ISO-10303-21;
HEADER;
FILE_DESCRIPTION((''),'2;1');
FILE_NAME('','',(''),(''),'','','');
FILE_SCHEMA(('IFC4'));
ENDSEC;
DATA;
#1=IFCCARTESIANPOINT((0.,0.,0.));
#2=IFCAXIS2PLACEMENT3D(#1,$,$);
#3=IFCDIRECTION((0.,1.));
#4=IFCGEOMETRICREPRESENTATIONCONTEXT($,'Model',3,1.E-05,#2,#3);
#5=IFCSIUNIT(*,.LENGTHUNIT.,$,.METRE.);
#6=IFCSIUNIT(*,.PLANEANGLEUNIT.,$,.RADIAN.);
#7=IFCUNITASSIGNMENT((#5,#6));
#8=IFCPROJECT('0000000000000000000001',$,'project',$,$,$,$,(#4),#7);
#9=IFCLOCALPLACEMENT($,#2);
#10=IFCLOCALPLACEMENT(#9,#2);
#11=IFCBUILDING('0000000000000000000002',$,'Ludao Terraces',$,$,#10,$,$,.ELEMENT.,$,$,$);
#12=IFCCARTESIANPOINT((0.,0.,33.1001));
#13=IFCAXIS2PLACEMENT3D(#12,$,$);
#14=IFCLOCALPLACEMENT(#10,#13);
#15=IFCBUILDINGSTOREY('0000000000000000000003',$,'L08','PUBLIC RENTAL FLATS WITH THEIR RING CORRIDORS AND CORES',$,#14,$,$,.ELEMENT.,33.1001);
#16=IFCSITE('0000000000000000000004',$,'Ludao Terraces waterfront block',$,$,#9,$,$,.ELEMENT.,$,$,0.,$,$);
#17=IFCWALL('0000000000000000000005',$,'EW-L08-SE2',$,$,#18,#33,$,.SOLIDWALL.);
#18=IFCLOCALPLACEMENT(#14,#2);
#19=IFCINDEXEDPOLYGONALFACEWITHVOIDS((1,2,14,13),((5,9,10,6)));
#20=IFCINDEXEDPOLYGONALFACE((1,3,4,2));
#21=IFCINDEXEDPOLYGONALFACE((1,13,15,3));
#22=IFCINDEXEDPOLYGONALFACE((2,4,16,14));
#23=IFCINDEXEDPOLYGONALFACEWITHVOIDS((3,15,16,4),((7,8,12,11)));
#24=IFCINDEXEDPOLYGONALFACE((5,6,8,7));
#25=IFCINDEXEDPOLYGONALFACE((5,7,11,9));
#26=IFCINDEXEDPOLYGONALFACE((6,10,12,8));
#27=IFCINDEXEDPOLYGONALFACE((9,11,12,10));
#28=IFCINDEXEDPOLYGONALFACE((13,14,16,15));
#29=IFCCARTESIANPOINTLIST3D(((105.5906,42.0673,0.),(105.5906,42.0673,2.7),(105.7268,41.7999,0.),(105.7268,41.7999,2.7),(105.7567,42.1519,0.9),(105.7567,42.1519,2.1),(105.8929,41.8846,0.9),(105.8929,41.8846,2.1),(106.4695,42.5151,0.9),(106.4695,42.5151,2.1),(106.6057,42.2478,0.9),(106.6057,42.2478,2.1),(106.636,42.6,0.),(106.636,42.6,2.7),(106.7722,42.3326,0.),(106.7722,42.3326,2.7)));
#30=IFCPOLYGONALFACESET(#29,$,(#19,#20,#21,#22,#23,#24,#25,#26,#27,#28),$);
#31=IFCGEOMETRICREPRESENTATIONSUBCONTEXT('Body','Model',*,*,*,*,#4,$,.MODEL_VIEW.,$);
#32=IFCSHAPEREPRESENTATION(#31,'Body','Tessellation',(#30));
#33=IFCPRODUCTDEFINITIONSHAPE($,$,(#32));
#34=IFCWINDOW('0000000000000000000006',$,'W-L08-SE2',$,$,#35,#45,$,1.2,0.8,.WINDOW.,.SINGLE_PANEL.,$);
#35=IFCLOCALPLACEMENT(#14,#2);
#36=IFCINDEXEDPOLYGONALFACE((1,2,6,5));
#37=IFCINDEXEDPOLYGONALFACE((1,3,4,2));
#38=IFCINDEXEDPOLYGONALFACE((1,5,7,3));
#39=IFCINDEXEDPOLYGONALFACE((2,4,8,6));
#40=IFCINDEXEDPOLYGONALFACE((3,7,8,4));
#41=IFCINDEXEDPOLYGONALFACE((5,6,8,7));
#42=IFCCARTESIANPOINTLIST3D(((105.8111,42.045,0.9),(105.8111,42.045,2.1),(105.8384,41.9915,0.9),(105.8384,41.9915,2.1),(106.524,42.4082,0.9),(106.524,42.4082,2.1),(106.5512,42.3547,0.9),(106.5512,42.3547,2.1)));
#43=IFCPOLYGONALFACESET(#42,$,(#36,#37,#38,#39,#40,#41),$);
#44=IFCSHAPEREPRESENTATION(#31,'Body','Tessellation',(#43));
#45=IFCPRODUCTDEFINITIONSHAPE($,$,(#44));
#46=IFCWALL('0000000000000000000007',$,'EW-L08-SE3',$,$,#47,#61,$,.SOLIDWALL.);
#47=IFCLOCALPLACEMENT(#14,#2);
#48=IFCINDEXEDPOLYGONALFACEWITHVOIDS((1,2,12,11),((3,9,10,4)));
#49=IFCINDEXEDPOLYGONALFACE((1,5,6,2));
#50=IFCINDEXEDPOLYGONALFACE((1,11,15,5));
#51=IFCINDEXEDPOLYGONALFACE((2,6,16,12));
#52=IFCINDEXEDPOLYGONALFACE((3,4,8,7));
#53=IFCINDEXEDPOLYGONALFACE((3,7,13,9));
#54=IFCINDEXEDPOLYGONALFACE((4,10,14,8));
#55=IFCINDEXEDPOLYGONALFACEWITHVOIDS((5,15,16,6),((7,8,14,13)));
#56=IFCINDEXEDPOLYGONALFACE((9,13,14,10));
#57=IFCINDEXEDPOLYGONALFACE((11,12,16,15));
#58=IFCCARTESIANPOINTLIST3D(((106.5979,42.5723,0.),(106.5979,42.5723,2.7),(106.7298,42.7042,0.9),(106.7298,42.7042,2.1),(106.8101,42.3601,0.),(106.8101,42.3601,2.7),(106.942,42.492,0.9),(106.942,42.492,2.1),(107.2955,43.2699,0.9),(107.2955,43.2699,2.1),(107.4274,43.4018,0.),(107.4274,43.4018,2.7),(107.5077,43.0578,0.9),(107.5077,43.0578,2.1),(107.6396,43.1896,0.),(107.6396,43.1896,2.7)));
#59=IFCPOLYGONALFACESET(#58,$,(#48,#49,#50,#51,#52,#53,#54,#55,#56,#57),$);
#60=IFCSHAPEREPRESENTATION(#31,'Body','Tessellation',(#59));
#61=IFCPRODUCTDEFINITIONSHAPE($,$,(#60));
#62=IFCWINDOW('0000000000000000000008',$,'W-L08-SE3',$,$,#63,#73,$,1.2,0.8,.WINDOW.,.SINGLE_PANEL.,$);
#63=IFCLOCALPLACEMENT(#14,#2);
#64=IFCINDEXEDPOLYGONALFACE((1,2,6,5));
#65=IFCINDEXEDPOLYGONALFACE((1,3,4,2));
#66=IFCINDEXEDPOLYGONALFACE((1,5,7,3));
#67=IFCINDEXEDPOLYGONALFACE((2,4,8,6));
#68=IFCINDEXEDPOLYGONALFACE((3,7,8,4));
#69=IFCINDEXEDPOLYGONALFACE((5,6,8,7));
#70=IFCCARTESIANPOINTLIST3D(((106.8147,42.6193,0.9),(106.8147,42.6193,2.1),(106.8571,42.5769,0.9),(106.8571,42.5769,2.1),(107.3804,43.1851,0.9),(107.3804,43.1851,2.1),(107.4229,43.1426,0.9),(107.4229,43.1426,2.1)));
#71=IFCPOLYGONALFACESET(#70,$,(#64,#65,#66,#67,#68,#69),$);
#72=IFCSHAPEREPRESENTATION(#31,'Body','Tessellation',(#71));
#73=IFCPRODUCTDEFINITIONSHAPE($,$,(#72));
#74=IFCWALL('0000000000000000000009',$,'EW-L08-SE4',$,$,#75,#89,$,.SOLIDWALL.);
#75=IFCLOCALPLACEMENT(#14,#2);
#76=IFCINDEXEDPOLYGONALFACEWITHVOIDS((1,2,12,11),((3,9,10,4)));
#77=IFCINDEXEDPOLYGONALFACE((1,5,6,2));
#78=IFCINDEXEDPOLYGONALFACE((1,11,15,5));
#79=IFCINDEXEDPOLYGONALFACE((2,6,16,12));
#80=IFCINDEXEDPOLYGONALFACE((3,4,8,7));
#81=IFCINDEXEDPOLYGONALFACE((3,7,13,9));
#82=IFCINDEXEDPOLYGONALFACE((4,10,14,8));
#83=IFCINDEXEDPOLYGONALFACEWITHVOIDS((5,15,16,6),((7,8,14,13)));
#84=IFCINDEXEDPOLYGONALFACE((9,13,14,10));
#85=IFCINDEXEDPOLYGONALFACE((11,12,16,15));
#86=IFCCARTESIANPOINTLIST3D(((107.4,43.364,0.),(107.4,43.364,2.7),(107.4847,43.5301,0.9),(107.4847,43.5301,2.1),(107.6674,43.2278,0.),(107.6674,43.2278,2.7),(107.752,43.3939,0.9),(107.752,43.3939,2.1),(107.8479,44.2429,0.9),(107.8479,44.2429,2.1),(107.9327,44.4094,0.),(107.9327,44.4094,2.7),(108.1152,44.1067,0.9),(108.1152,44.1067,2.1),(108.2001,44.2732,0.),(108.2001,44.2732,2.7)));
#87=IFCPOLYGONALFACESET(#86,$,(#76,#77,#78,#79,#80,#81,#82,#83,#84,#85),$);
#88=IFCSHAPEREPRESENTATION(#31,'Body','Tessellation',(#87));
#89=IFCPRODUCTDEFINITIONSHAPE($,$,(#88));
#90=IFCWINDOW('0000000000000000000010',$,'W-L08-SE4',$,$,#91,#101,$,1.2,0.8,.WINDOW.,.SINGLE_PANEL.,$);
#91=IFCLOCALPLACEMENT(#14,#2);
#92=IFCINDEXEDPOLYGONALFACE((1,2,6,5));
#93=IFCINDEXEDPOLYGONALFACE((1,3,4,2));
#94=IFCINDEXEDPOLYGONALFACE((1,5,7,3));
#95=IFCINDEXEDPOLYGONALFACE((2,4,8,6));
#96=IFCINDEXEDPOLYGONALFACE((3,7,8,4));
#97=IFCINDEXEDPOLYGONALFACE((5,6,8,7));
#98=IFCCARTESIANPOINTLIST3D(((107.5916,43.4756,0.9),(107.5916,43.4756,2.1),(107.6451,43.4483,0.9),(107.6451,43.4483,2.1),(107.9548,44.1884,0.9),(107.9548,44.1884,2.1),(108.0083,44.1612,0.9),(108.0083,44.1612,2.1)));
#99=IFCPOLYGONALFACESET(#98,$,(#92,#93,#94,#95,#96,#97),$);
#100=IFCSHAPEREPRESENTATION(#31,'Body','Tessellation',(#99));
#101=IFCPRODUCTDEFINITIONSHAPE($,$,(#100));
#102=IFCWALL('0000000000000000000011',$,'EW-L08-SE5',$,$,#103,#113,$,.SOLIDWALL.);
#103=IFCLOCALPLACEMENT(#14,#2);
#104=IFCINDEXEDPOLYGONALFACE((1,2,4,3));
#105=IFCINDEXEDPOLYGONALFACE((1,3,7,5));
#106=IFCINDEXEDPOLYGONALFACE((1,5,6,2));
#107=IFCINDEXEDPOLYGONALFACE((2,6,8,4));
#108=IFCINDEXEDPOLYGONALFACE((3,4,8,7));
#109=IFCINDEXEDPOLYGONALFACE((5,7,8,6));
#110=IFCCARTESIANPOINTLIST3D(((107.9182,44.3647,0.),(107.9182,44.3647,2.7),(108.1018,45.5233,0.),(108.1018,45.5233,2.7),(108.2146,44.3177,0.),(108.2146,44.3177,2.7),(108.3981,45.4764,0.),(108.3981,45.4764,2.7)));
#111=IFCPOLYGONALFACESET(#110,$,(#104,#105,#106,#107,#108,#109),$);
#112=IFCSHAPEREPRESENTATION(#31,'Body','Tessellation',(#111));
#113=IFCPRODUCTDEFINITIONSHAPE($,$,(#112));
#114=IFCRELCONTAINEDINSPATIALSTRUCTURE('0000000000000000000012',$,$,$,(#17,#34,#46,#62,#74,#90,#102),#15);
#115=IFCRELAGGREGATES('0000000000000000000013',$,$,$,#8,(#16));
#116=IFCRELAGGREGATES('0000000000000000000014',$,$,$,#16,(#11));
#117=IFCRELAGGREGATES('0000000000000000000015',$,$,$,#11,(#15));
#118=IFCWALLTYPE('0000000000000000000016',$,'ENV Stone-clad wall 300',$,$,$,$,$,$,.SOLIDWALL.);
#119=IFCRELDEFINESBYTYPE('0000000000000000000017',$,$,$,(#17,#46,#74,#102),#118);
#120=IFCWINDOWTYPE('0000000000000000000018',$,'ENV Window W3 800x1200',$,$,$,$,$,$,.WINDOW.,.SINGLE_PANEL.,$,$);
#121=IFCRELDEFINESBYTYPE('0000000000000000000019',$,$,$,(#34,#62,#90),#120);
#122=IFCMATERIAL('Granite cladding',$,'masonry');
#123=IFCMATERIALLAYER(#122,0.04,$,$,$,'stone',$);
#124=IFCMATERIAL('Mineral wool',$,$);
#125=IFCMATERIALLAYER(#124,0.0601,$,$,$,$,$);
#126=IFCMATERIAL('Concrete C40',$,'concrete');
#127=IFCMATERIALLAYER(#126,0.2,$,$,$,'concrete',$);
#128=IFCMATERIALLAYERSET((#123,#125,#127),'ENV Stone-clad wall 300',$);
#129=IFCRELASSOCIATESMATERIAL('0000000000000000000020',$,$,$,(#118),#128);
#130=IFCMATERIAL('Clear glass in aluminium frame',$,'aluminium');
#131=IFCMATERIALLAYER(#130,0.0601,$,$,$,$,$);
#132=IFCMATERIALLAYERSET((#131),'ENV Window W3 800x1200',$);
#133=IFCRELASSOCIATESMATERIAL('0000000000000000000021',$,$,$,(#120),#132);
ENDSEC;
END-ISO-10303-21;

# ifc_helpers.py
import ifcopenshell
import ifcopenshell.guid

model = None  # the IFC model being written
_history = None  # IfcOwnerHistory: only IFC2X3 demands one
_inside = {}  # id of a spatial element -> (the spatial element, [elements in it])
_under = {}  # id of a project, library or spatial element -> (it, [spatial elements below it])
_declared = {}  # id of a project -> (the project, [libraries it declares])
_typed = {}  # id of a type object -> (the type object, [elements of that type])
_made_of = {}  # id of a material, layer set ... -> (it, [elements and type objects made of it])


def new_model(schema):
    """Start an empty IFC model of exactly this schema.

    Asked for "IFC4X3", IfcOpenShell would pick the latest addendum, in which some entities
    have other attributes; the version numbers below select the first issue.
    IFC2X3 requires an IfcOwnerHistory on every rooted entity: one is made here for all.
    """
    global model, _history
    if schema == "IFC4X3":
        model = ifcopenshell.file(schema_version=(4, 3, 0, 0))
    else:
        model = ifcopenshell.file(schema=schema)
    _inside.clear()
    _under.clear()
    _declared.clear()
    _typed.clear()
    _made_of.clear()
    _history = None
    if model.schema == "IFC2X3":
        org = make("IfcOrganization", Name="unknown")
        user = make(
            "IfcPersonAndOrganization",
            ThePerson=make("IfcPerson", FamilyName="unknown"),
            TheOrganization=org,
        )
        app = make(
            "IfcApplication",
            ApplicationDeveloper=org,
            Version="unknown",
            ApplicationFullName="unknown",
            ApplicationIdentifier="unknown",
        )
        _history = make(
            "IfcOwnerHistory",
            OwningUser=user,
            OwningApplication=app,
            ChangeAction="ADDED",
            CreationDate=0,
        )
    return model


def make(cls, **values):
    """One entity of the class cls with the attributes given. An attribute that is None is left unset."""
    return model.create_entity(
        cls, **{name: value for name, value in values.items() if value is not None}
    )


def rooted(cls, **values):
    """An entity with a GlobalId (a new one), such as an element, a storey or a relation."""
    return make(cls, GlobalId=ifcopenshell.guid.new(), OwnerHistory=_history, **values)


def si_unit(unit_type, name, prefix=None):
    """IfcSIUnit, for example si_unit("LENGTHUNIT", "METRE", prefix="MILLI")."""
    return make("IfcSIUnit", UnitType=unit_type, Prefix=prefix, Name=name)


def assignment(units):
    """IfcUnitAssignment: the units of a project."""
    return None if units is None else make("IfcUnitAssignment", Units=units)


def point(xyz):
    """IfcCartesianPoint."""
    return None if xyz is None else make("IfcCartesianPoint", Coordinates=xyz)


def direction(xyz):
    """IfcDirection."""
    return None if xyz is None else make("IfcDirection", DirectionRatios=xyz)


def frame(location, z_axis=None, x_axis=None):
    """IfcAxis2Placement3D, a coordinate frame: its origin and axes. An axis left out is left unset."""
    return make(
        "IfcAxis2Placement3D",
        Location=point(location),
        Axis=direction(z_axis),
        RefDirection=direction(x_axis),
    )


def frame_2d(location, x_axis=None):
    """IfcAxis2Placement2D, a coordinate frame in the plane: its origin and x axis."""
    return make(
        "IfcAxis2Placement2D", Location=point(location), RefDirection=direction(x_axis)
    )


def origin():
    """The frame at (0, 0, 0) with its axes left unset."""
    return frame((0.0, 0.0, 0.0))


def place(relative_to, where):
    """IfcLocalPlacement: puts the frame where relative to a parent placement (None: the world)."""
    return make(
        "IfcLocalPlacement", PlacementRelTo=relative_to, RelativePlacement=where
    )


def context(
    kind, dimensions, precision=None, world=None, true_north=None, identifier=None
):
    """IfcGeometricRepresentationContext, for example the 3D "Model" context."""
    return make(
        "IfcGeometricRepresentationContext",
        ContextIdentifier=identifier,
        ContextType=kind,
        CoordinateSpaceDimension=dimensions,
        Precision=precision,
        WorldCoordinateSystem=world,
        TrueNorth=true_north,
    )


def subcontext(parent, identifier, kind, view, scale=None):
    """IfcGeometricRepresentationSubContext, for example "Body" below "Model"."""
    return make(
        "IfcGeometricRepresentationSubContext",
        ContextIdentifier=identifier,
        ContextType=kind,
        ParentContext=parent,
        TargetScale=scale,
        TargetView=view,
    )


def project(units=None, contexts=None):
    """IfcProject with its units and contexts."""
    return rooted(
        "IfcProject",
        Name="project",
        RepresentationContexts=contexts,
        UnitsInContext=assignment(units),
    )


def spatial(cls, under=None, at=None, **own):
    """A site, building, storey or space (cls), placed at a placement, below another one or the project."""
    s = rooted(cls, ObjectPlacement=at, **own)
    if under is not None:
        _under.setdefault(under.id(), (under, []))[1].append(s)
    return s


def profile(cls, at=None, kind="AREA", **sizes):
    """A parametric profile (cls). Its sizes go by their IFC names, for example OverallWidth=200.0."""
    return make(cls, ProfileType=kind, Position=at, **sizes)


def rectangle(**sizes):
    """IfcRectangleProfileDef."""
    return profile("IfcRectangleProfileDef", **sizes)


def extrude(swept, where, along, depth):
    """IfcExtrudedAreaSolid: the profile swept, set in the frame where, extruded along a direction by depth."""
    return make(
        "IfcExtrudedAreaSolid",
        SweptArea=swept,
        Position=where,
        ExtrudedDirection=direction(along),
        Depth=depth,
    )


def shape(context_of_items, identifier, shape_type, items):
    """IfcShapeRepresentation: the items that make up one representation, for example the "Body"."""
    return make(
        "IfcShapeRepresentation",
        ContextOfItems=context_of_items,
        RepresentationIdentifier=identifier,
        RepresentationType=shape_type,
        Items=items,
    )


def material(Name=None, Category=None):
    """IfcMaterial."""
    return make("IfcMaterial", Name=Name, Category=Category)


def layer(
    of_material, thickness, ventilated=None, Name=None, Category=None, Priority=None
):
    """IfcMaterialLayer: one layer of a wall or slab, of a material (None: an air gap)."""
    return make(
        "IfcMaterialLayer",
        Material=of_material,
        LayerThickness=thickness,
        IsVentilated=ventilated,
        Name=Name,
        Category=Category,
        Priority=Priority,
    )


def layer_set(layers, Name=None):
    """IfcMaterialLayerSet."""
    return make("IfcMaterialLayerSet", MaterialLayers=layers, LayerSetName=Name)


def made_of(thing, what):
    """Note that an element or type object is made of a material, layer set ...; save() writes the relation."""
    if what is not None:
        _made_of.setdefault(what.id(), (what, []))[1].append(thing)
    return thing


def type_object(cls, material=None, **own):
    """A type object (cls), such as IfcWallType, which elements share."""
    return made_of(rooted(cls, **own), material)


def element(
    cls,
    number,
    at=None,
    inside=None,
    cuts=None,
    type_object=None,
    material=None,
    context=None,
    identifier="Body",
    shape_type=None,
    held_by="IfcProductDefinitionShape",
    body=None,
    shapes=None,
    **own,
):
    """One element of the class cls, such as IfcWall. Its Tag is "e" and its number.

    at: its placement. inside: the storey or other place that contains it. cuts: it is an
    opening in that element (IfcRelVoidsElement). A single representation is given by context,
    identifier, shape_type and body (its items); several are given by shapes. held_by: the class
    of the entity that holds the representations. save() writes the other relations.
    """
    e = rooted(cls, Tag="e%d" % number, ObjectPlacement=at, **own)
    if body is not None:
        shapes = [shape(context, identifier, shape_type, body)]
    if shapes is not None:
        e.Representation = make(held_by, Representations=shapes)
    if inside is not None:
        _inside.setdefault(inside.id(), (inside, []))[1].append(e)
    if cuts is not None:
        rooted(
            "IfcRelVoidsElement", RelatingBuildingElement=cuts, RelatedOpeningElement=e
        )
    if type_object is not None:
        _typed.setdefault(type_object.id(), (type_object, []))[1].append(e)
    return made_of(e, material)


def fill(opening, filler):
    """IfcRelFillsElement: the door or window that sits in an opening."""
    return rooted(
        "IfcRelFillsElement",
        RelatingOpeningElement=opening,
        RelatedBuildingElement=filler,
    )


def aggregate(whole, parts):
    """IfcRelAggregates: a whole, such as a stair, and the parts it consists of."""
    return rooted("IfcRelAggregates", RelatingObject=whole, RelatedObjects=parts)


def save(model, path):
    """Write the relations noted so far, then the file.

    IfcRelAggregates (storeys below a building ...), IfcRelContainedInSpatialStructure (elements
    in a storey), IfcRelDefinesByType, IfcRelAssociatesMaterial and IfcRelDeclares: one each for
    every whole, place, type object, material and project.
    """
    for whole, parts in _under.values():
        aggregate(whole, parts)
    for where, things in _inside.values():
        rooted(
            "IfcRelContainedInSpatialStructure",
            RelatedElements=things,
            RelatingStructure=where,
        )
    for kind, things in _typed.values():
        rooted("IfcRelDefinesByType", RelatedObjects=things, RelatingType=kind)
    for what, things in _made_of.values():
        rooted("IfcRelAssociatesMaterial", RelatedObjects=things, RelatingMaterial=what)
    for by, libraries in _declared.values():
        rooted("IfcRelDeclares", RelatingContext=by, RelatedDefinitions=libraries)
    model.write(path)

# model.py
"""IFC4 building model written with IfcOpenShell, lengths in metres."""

from ifc_helpers import new_model, si_unit, direction, frame, frame_2d, origin, place, context, subcontext, project, spatial, rectangle, extrude, material, layer, layer_set, type_object, element, fill, save


model = new_model("IFC4")

# Units and contexts
model_context = context("Model", 3, precision=1e-05, world=origin(), true_north=direction((0.0, 1.0)))
body_context = subcontext(model_context, "Body", "Model", "MODEL_VIEW")
ifc_project = project(units=[si_unit("LENGTHUNIT", "METRE"), si_unit("PLANEANGLEUNIT", "RADIAN")], contexts=[model_context])

# Site, building, storey
site_placement = place(None, origin())
site = spatial("IfcSite", under=ifc_project, at=site_placement, Name="Ludao Terraces waterfront block", CompositionType="ELEMENT", RefElevation=0.0)
building_placement = place(site_placement, origin())
building = spatial("IfcBuilding", under=site, at=building_placement, Name="Ludao Terraces", CompositionType="ELEMENT")
storey_placement = place(building_placement, frame((0.0, 0.0, 33.1001)))
storey = spatial("IfcBuildingStorey", under=building, at=storey_placement, Name="L08", Description="PUBLIC RENTAL FLATS WITH THEIR RING CORRIDORS AND CORES", CompositionType="ELEMENT", Elevation=33.1001)

# Shared definitions
ifc_material_1 = material(Name="Concrete C40", Category="concrete")

# Shared definitions
ifc_material_2 = material(Name="Granite cladding", Category="masonry")
ifc_layer_1 = layer(ifc_material_2, 0.04, Category="stone")
ifc_material_3 = material(Name="Mineral wool")
ifc_layer_2 = layer(ifc_material_3, 0.0601)
ifc_layer_3 = layer(ifc_material_1, 0.2, Category="concrete")
ifc_layer_set_1 = layer_set([ifc_layer_1, ifc_layer_2, ifc_layer_3], Name="ENV Stone-clad wall 300")
wall_type_1 = type_object("IfcWallType", Name="ENV Stone-clad wall 300", PredefinedType="SOLIDWALL", material=ifc_layer_set_1)
ifc_material_4 = material(Name="Clear glass in aluminium frame", Category="aluminium")

# Walls, openings, windows
wall_1_placement = place(storey_placement, frame((105.6587, 41.9336, 0.0), z_axis=(0.0, 0.0, 1.0), x_axis=(0.890989, 0.454026, 0.0)))
wall_1 = element("IfcWall", 1, at=wall_1_placement, inside=storey, type_object=wall_type_1, Name="EW-L08-SE2", PredefinedType="SOLIDWALL", context=body_context, shape_type="SweptSolid", body=[
    extrude(rectangle(XDim=1.1733, YDim=0.3, at=frame_2d((0.5867, 0.0))), origin(), (0.0, 0.0, 1.0), 2.7),
])
opening_1_placement = place(wall_1_placement, frame((0.1865, 0.0, 0.8999)))
opening_1 = element("IfcOpeningElement", 2, at=opening_1_placement, cuts=wall_1, PredefinedType="OPENING", context=body_context, shape_type="SweptSolid", body=[
    extrude(rectangle(XDim=0.8, YDim=1.2, at=frame_2d((0.3999, 0.6001))), frame((0.0, 0.1602, 0.0), z_axis=(0.0, -1.0, 0.0), x_axis=(1.0, 0.0, 0.0)), (0.0, 0.0, 1.0), 0.3201),
])
ifc_layer_4 = layer(ifc_material_4, 0.0601)
ifc_layer_set_2 = layer_set([ifc_layer_4], Name="ENV Window W3 800x1200")
window_type_1 = type_object("IfcWindowType", Name="ENV Window W3 800x1200", PartitioningType="SINGLE_PANEL", PredefinedType="WINDOW", material=ifc_layer_set_2)
window_1_placement = place(opening_1_placement, origin())
window_1 = element("IfcWindow", 3, at=window_1_placement, inside=storey, type_object=window_type_1, Name="W-L08-SE2", OverallHeight=1.2, OverallWidth=0.8, PartitioningType="SINGLE_PANEL", PredefinedType="WINDOW", context=body_context, shape_type="SweptSolid", body=[
    extrude(rectangle(XDim=0.8, YDim=1.2, at=frame_2d((0.3999, 0.6001))), frame((0.0, 0.03, 0.0), z_axis=(0.0, -1.0, 0.0), x_axis=(1.0, 0.0, 0.0)), (0.0, 0.0, 1.0), 0.0601),
])
fill(opening_1, window_1)
wall_2_placement = place(storey_placement, frame((106.7041, 42.4663, 0.0), z_axis=(0.0, 0.0, 1.0), x_axis=(0.707107, 0.707107, 0.0)))
wall_2 = element("IfcWall", 4, at=wall_2_placement, inside=storey, type_object=wall_type_1, Name="EW-L08-SE3", PredefinedType="SOLIDWALL", context=body_context, shape_type="SweptSolid", body=[
    extrude(rectangle(XDim=1.1731, YDim=0.3, at=frame_2d((0.5864, 0.0))), origin(), (0.0, 0.0, 1.0), 2.7),
])
opening_2_placement = place(wall_2_placement, frame((0.1865, 0.0, 0.8999)))
opening_2 = element("IfcOpeningElement", 5, at=opening_2_placement, cuts=wall_2, PredefinedType="OPENING", context=body_context, shape_type="SweptSolid", body=[
    extrude(rectangle(XDim=0.8, YDim=1.2, at=frame_2d((0.3999, 0.6001))), frame((0.0, 0.1602, 0.0), z_axis=(0.0, -1.0, 0.0), x_axis=(1.0, 0.0, 0.0)), (0.0, 0.0, 1.0), 0.3201),
])
window_2_placement = place(opening_2_placement, origin())
window_2 = element("IfcWindow", 6, at=window_2_placement, inside=storey, type_object=window_type_1, Name="W-L08-SE3", OverallHeight=1.2, OverallWidth=0.8, PartitioningType="SINGLE_PANEL", PredefinedType="WINDOW", context=body_context, shape_type="SweptSolid", body=[
    extrude(rectangle(XDim=0.8, YDim=1.2, at=frame_2d((0.3999, 0.6001))), frame((0.0, 0.03, 0.0), z_axis=(0.0, -1.0, 0.0), x_axis=(1.0, 0.0, 0.0)), (0.0, 0.0, 1.0), 0.0601),
])
fill(opening_2, window_2)
wall_3_placement = place(storey_placement, frame((107.5337, 43.2959, 0.0), z_axis=(0.0, 0.0, 1.0), x_axis=(0.454026, 0.890989, 0.0)))
wall_3 = element("IfcWall", 7, at=wall_3_placement, inside=storey, type_object=wall_type_1, Name="EW-L08-SE4", PredefinedType="SOLIDWALL", context=body_context, shape_type="SweptSolid", body=[
    extrude(rectangle(XDim=1.1733, YDim=0.3, at=frame_2d((0.5867, 0.0))), origin(), (0.0, 0.0, 1.0), 2.7),
])
opening_3_placement = place(wall_3_placement, frame((0.1865, 0.0, 0.8999)))
opening_3 = element("IfcOpeningElement", 8, at=opening_3_placement, cuts=wall_3, PredefinedType="OPENING", context=body_context, shape_type="SweptSolid", body=[
    extrude(rectangle(XDim=0.8, YDim=1.2, at=frame_2d((0.3999, 0.6001))), frame((0.0, 0.1602, 0.0), z_axis=(0.0, -1.0, 0.0), x_axis=(1.0, 0.0, 0.0)), (0.0, 0.0, 1.0), 0.3201),
])
window_3_placement = place(opening_3_placement, origin())
window_3 = element("IfcWindow", 9, at=window_3_placement, inside=storey, type_object=window_type_1, Name="W-L08-SE4", OverallHeight=1.2, OverallWidth=0.8, PartitioningType="SINGLE_PANEL", PredefinedType="WINDOW", context=body_context, shape_type="SweptSolid", body=[
    extrude(rectangle(XDim=0.8, YDim=1.2, at=frame_2d((0.3999, 0.6001))), frame((0.0, 0.03, 0.0), z_axis=(0.0, -1.0, 0.0), x_axis=(1.0, 0.0, 0.0)), (0.0, 0.0, 1.0), 0.0601),
])
fill(opening_3, window_3)

# Wall
wall_4_placement = place(storey_placement, frame((108.0664, 44.3413, 0.0), z_axis=(0.0, 0.0, 1.0), x_axis=(0.156497, 0.987678, 0.0)))
element("IfcWall", 10, at=wall_4_placement, inside=storey, type_object=wall_type_1, Name="EW-L08-SE5", PredefinedType="SOLIDWALL", context=body_context, shape_type="SweptSolid", body=[
    extrude(rectangle(XDim=1.1731, YDim=0.3, at=frame_2d((0.5864, 0.0))), origin(), (0.0, 0.0, 1.0), 2.7),
])

save(model, "model.ifc")
